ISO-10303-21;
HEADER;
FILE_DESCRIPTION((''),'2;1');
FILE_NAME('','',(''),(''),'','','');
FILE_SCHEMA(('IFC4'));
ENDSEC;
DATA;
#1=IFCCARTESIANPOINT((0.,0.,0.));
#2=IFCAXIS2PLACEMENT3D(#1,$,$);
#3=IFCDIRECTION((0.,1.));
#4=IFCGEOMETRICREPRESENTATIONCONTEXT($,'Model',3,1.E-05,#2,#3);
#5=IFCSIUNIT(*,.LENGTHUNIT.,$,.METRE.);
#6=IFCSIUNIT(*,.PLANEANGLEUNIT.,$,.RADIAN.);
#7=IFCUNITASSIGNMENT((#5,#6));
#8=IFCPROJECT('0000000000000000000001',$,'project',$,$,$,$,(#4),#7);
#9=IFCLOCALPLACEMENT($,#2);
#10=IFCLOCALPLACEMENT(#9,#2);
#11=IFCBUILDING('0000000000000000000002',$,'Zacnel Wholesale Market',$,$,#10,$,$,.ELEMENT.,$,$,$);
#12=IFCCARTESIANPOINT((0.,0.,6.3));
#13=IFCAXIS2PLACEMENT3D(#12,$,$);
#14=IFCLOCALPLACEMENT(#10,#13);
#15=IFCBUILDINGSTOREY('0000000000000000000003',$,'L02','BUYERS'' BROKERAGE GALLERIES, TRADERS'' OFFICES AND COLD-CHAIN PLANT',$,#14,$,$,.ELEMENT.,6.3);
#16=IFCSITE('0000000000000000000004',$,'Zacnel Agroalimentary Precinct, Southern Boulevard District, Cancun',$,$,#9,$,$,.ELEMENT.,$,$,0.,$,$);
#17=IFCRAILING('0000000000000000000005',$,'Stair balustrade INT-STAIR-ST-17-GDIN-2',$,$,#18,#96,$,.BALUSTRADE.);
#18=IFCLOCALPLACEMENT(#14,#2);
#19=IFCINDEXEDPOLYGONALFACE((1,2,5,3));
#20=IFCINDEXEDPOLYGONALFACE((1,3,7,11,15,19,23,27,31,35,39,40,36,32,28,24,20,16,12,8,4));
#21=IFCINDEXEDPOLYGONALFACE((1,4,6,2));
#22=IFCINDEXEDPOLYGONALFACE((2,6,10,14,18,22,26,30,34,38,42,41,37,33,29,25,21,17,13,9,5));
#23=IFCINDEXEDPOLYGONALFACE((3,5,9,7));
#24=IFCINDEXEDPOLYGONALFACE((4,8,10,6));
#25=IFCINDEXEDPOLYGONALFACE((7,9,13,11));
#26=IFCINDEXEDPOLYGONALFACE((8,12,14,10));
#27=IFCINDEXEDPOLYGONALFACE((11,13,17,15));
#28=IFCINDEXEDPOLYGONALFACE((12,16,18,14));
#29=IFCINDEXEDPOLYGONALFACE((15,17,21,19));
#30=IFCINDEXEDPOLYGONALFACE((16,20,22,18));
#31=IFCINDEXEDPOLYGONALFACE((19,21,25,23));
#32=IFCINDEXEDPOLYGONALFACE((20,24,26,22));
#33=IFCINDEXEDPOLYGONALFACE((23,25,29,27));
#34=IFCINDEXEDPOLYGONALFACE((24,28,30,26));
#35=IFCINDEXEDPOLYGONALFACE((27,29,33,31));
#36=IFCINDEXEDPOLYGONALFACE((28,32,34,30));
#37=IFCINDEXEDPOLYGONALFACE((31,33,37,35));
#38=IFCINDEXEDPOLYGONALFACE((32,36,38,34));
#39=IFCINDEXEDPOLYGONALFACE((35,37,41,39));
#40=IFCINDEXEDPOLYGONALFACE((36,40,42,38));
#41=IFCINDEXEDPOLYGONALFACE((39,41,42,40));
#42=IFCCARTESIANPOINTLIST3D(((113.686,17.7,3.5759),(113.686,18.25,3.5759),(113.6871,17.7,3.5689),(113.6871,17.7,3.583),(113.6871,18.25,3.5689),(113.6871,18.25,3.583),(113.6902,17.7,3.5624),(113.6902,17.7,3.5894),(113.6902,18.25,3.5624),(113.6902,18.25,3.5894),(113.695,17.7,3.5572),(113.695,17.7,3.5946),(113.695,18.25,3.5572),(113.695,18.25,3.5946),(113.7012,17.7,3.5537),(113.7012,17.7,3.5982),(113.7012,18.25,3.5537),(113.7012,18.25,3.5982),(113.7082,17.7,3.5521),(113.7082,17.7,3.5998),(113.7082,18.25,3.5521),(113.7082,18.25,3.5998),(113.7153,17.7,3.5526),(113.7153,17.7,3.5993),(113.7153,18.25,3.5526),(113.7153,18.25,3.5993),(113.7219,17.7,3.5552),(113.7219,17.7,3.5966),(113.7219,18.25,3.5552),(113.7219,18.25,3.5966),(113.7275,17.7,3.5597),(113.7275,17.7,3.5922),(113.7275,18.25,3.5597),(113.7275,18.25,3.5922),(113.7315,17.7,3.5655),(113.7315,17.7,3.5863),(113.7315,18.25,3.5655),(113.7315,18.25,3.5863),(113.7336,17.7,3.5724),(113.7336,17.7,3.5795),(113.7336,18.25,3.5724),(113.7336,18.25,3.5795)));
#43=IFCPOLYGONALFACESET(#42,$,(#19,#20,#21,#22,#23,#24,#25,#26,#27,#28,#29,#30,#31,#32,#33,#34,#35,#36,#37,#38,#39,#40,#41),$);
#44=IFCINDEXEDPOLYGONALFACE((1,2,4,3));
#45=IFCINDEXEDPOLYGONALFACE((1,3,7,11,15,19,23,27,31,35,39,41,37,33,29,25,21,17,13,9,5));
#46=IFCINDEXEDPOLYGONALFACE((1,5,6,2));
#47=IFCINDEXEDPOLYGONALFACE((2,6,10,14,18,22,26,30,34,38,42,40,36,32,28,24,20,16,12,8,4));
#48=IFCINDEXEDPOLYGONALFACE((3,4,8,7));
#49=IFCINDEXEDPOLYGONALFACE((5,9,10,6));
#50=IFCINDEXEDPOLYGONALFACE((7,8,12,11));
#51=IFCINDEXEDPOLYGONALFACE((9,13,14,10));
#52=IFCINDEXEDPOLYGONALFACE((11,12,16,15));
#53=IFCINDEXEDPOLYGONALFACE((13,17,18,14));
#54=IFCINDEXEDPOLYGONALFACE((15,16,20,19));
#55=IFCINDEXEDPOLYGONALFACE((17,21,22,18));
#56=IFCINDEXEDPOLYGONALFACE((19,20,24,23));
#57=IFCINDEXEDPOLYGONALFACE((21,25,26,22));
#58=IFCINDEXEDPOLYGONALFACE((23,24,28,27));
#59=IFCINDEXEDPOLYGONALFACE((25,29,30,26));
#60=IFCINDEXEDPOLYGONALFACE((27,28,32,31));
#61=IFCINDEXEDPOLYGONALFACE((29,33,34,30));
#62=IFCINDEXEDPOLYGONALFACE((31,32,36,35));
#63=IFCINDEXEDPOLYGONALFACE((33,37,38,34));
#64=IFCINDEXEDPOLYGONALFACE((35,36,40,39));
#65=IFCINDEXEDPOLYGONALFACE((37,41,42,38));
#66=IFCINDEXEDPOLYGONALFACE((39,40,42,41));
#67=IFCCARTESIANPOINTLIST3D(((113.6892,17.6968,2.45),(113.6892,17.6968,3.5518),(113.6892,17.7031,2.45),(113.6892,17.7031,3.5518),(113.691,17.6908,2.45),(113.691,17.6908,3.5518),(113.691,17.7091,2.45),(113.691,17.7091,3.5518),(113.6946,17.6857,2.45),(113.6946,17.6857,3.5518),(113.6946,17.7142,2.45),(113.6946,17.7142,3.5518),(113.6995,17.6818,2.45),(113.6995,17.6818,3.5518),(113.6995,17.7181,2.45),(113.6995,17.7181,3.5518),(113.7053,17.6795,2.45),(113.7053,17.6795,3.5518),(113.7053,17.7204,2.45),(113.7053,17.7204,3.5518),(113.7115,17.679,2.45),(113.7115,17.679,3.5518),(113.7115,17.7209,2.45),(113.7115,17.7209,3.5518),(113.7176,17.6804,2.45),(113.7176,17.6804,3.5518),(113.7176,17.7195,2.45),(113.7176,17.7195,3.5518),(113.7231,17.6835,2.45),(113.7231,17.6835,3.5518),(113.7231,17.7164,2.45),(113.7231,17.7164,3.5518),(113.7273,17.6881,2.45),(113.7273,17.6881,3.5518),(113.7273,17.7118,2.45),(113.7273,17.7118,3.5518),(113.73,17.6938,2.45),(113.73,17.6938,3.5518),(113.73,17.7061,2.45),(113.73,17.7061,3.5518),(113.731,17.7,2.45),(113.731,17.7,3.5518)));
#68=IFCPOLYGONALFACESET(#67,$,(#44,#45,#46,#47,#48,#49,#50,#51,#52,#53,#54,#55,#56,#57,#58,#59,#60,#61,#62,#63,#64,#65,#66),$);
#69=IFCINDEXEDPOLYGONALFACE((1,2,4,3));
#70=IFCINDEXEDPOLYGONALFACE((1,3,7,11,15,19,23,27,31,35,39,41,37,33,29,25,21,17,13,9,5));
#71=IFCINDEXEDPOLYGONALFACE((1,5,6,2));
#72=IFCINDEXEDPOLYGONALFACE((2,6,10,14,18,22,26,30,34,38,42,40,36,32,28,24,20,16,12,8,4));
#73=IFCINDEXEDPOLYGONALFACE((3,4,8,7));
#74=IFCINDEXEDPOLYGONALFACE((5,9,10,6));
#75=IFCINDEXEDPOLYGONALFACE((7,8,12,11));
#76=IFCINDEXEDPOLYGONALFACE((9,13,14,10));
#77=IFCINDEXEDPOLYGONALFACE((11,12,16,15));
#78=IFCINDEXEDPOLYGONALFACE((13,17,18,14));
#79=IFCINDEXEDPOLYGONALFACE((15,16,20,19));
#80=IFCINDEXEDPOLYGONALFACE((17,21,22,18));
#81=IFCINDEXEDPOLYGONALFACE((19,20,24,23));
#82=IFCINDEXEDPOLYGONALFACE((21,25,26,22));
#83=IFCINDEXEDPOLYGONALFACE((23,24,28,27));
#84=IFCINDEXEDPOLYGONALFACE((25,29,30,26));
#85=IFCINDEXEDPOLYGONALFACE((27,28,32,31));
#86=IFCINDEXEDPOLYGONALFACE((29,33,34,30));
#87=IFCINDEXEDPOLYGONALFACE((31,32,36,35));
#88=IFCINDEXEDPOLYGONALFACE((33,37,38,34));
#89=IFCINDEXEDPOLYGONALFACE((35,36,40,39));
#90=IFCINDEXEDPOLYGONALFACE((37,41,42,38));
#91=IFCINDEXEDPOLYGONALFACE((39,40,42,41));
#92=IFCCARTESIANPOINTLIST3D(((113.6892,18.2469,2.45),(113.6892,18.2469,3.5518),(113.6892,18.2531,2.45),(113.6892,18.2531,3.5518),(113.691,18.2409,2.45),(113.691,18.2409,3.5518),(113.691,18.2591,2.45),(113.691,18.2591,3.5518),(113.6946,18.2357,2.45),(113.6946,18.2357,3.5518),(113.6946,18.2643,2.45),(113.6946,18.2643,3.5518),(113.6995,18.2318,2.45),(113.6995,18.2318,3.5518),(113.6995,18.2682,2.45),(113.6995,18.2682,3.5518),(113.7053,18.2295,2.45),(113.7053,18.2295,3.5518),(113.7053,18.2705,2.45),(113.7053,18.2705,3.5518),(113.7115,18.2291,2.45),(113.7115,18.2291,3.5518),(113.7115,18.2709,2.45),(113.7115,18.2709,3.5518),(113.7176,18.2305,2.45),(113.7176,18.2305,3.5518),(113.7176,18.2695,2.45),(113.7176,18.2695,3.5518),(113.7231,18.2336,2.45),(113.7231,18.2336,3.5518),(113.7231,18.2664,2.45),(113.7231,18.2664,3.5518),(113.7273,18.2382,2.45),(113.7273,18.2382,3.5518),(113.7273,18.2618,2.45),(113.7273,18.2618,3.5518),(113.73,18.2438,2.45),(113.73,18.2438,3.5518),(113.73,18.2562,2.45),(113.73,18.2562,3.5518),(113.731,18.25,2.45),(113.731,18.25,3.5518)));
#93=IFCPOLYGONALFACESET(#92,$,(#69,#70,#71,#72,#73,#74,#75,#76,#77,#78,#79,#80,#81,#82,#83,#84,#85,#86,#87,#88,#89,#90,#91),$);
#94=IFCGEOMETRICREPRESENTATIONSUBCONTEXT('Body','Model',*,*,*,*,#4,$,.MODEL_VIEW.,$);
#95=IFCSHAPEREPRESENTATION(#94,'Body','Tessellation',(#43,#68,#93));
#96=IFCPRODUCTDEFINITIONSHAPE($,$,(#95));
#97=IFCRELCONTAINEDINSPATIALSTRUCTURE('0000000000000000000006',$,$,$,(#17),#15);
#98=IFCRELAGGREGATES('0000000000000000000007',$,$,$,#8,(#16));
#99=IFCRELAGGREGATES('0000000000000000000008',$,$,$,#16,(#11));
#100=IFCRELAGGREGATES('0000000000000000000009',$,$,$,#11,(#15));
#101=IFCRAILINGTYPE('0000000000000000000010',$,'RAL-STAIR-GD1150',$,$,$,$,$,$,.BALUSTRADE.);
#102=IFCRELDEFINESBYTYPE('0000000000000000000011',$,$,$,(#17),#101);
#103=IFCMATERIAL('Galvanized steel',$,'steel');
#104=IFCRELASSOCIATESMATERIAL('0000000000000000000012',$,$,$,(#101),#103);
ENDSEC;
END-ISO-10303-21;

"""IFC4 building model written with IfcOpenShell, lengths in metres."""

from ifc_helpers import new_model, si_unit, direction, frame, origin, origin_2d, place, context, subcontext, project, spatial, circle, extrude, material, type_object, element, save


model = new_model("IFC4")

# Units and contexts
model_context = context("Model", 3, precision=1e-05, world=origin(), true_north=direction((0.0, 1.0)))
body_context = subcontext(model_context, "Body", "Model", "MODEL_VIEW")
ifc_project = project(units=[si_unit("LENGTHUNIT", "METRE"), si_unit("PLANEANGLEUNIT", "RADIAN")], contexts=[model_context])

# Site, building, storey
site_placement = place(None, origin())
site = spatial("IfcSite", under=ifc_project, at=site_placement, Name="Zacnel Agroalimentary Precinct, Southern Boulevard District, Cancun", CompositionType="ELEMENT", RefElevation=0.0)
building_placement = place(site_placement, origin())
building = spatial("IfcBuilding", under=site, at=building_placement, Name="Zacnel Wholesale Market", CompositionType="ELEMENT")
storey_placement = place(building_placement, frame((0.0, 0.0, 6.3)))
storey = spatial("IfcBuildingStorey", under=building, at=storey_placement, Name="L02", Description="BUYERS' BROKERAGE GALLERIES, TRADERS' OFFICES AND COLD-CHAIN PLANT", CompositionType="ELEMENT", Elevation=6.3)

# Railing
ifc_material_1 = material(Name="Galvanized steel", Category="steel")
railing_type_1 = type_object("IfcRailingType", Name="RAL-STAIR-GD1150", PredefinedType="BALUSTRADE", material=ifc_material_1)
railing_1_placement = place(storey_placement, frame((113.71, 17.7, 2.45)))
element("IfcRailing", 1, at=railing_1_placement, inside=storey, type_object=railing_type_1, Name="Stair balustrade INT-STAIR-ST-17-GDIN-2", PredefinedType="BALUSTRADE", context=body_context, shape_type="SweptSolid", body=[
    extrude(circle(Radius=0.0239, at=origin_2d()), frame((0.0, 0.0, 1.126), z_axis=(0.0, 1.0, 0.0), x_axis=(-1.0, 0.0, 0.0)), (0.0, 0.0, 1.0), 0.55),
    extrude(circle(Radius=0.021, at=origin_2d()), origin(), (0.0, 0.0, 1.0), 1.1018),
    extrude(circle(Radius=0.021, at=origin_2d()), frame((0.0, 0.55, 0.0)), (0.0, 0.0, 1.0), 1.1018),
])

save(model, "model.ifc")
